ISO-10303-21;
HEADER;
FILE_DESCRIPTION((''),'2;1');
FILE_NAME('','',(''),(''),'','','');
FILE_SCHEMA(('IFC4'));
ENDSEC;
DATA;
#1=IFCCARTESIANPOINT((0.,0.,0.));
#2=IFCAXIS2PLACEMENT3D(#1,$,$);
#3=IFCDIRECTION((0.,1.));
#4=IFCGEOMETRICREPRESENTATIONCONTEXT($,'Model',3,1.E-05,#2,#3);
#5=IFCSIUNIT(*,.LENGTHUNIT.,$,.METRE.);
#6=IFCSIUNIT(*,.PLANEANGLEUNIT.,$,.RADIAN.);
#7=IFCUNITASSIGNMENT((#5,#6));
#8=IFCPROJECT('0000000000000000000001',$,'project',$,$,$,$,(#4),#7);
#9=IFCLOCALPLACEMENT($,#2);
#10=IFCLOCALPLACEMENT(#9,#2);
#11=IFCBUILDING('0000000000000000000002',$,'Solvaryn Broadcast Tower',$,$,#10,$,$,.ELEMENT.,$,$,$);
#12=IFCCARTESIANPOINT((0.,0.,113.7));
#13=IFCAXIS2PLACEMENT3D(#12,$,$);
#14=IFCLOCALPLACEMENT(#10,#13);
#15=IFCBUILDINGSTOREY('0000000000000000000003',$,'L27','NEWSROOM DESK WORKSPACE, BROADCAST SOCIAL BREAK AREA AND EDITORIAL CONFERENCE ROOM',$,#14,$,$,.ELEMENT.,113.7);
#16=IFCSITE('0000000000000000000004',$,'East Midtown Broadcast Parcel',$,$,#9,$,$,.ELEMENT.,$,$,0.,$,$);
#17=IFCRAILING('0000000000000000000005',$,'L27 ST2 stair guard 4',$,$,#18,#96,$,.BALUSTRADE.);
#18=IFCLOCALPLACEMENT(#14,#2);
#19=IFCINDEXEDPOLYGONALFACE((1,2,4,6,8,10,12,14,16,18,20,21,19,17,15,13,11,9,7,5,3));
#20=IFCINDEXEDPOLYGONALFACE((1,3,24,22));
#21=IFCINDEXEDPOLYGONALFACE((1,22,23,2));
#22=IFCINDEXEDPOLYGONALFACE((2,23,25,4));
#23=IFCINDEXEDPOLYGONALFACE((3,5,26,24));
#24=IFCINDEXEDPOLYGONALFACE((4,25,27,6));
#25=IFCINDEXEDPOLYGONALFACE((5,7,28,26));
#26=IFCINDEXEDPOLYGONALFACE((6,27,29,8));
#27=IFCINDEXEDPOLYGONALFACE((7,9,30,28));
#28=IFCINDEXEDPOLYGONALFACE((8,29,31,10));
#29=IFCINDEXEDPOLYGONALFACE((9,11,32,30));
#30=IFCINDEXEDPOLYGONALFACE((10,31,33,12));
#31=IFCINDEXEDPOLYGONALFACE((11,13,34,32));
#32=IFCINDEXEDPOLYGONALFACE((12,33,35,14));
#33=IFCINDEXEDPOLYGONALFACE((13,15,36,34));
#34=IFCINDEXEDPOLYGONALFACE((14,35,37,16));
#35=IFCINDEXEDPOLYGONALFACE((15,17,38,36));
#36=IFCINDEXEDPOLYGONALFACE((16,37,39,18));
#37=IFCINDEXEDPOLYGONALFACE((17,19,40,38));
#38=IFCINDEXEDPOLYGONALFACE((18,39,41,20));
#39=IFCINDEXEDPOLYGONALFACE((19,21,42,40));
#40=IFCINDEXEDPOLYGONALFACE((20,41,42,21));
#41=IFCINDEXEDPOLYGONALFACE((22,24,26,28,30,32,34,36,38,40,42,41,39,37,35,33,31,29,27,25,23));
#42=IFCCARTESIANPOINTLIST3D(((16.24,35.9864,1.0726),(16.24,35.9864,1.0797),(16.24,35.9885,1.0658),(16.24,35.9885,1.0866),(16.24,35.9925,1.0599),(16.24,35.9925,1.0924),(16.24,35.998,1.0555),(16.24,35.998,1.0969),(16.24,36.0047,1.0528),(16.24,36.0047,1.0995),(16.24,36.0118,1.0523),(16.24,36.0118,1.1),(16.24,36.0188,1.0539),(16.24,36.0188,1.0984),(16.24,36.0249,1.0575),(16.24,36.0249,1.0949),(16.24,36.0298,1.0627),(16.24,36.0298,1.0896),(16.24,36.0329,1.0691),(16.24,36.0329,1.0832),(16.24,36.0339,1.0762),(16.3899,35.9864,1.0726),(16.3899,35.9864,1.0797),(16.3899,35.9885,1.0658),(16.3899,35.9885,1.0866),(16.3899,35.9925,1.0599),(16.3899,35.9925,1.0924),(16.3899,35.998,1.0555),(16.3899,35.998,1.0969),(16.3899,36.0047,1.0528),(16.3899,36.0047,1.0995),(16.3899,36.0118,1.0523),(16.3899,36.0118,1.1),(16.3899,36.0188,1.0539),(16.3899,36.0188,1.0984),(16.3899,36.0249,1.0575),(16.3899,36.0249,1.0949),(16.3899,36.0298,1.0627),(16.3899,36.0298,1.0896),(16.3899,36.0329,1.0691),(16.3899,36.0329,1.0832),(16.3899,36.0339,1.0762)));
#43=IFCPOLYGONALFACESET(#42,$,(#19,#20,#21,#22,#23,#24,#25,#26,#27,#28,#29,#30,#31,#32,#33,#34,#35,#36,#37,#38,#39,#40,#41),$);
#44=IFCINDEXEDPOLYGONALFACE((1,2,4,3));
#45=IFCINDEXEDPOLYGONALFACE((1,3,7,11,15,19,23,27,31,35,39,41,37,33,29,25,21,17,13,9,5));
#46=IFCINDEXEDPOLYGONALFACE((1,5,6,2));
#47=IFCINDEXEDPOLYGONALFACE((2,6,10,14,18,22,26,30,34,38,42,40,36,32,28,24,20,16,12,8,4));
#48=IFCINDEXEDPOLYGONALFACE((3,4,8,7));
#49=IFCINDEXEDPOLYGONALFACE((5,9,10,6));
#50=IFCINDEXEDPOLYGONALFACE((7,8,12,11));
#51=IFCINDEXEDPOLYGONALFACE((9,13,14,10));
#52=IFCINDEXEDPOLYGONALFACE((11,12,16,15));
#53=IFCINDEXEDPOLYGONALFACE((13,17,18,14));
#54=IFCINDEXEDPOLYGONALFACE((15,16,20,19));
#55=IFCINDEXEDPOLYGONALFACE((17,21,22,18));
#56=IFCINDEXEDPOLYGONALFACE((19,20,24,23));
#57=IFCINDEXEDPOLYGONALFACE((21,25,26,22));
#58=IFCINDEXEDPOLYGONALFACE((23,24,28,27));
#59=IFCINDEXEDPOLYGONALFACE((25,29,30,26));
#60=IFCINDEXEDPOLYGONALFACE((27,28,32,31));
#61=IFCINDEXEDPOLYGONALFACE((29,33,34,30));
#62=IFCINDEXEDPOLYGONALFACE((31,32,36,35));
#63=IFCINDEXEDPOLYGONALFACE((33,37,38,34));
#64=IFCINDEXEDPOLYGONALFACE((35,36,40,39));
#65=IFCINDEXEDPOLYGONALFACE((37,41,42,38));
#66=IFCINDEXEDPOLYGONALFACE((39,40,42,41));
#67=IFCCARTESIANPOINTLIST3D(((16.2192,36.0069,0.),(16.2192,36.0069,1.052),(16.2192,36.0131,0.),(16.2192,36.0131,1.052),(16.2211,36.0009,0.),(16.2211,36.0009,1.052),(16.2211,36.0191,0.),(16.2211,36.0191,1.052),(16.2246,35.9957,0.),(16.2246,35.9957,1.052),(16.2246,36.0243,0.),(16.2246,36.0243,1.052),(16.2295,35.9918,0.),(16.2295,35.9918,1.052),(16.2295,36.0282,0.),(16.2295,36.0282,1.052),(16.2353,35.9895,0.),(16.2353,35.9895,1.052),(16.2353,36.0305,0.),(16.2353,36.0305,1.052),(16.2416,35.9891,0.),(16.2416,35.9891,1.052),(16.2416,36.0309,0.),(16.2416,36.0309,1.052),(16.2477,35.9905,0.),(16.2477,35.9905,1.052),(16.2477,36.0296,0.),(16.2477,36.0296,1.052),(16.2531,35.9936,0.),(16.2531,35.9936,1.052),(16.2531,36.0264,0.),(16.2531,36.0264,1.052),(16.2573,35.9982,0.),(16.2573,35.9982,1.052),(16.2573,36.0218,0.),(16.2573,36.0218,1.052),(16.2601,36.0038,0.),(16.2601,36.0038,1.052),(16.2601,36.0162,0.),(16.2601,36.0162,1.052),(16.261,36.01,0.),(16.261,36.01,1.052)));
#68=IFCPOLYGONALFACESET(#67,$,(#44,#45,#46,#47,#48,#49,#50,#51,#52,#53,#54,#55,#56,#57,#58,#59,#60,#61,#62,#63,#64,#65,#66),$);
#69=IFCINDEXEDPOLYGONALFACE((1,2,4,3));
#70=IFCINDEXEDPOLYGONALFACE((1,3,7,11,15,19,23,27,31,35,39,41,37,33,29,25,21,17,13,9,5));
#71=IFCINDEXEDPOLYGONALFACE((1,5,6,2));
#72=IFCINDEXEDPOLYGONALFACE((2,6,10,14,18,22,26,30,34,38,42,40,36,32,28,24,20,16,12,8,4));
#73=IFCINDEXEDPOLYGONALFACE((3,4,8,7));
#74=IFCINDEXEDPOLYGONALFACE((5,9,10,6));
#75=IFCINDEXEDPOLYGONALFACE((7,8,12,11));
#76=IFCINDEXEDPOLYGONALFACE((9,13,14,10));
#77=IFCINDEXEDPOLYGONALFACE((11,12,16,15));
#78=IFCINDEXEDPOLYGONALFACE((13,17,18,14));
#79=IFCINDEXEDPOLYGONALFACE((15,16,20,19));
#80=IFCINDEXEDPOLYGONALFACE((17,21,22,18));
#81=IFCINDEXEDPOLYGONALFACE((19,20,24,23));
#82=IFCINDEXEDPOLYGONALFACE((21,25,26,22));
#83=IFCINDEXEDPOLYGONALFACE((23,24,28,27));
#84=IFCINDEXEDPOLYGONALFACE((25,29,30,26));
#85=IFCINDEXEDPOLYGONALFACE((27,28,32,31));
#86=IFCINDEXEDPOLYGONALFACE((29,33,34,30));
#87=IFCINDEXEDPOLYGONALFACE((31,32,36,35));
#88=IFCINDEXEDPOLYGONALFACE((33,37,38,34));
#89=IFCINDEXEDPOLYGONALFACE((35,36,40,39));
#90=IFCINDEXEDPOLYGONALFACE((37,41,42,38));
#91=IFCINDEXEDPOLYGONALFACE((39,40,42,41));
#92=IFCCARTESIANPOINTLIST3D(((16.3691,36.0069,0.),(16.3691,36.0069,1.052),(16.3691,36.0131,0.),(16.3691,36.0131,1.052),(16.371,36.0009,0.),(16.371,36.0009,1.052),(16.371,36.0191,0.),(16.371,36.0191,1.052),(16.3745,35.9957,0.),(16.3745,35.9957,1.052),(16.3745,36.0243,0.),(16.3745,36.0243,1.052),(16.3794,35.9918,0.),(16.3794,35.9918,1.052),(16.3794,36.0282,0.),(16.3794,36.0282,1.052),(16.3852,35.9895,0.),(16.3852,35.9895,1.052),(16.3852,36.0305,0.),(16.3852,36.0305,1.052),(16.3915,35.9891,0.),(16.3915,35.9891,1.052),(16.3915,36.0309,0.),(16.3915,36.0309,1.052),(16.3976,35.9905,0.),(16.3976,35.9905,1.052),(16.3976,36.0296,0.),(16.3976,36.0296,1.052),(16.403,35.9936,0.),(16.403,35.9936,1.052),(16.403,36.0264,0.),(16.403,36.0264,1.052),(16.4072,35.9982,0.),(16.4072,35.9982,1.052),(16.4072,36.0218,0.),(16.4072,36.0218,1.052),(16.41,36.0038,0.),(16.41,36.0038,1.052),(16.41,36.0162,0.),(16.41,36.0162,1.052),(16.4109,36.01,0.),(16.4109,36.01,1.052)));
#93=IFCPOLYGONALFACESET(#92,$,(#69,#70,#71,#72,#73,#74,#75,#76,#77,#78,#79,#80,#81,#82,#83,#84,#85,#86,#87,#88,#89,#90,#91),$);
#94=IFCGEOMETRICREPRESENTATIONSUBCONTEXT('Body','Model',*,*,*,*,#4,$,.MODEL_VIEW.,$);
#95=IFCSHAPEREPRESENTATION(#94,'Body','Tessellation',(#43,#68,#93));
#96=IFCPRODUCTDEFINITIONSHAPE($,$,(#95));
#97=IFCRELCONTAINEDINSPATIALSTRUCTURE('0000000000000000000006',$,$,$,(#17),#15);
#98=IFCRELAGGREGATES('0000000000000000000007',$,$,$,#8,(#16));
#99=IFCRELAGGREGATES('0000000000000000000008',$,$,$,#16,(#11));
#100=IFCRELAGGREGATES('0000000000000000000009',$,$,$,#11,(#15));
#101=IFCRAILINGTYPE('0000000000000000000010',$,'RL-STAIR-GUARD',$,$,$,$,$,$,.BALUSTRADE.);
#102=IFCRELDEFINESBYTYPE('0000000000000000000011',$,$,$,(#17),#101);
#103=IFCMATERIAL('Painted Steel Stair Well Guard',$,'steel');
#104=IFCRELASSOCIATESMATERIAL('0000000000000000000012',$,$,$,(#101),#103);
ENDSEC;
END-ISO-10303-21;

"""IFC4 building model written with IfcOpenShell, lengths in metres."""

from ifc_helpers import new_model, si_unit, direction, frame, origin, origin_2d, place, context, subcontext, project, spatial, circle, extrude, material, type_object, element, save


model = new_model("IFC4")

# Units and contexts
model_context = context("Model", 3, precision=1e-05, world=origin(), true_north=direction((0.0, 1.0)))
body_context = subcontext(model_context, "Body", "Model", "MODEL_VIEW")
ifc_project = project(units=[si_unit("LENGTHUNIT", "METRE"), si_unit("PLANEANGLEUNIT", "RADIAN")], contexts=[model_context])

# Site, building, storey
site_placement = place(None, origin())
site = spatial("IfcSite", under=ifc_project, at=site_placement, Name="East Midtown Broadcast Parcel", CompositionType="ELEMENT", RefElevation=0.0)
building_placement = place(site_placement, origin())
building = spatial("IfcBuilding", under=site, at=building_placement, Name="Solvaryn Broadcast Tower", CompositionType="ELEMENT")
storey_placement = place(building_placement, frame((0.0, 0.0, 113.7)))
storey = spatial("IfcBuildingStorey", under=building, at=storey_placement, Name="L27", Description="NEWSROOM DESK WORKSPACE, BROADCAST SOCIAL BREAK AREA AND EDITORIAL CONFERENCE ROOM", CompositionType="ELEMENT", Elevation=113.7)

# Railing
ifc_material_1 = material(Name="Painted Steel Stair Well Guard", Category="steel")
railing_type_1 = type_object("IfcRailingType", Name="RL-STAIR-GUARD", PredefinedType="BALUSTRADE", material=ifc_material_1)
railing_1_placement = place(storey_placement, frame((16.24, 36.01, 0.0)))
element("IfcRailing", 1, at=railing_1_placement, inside=storey, type_object=railing_type_1, Name="L27 ST2 stair guard 4", PredefinedType="BALUSTRADE", context=body_context, shape_type="SweptSolid", body=[
    extrude(circle(Radius=0.0239, at=origin_2d()), frame((0.0, 0.0, 1.0762), z_axis=(1.0, 0.0, 0.0), x_axis=(0.0, 1.0, 0.0)), (0.0, 0.0, 1.0), 0.1499),
    extrude(circle(Radius=0.021, at=origin_2d()), origin(), (0.0, 0.0, 1.0), 1.052),
    extrude(circle(Radius=0.021, at=origin_2d()), frame((0.1499, 0.0, 0.0)), (0.0, 0.0, 1.0), 1.052),
])

save(model, "model.ifc")
